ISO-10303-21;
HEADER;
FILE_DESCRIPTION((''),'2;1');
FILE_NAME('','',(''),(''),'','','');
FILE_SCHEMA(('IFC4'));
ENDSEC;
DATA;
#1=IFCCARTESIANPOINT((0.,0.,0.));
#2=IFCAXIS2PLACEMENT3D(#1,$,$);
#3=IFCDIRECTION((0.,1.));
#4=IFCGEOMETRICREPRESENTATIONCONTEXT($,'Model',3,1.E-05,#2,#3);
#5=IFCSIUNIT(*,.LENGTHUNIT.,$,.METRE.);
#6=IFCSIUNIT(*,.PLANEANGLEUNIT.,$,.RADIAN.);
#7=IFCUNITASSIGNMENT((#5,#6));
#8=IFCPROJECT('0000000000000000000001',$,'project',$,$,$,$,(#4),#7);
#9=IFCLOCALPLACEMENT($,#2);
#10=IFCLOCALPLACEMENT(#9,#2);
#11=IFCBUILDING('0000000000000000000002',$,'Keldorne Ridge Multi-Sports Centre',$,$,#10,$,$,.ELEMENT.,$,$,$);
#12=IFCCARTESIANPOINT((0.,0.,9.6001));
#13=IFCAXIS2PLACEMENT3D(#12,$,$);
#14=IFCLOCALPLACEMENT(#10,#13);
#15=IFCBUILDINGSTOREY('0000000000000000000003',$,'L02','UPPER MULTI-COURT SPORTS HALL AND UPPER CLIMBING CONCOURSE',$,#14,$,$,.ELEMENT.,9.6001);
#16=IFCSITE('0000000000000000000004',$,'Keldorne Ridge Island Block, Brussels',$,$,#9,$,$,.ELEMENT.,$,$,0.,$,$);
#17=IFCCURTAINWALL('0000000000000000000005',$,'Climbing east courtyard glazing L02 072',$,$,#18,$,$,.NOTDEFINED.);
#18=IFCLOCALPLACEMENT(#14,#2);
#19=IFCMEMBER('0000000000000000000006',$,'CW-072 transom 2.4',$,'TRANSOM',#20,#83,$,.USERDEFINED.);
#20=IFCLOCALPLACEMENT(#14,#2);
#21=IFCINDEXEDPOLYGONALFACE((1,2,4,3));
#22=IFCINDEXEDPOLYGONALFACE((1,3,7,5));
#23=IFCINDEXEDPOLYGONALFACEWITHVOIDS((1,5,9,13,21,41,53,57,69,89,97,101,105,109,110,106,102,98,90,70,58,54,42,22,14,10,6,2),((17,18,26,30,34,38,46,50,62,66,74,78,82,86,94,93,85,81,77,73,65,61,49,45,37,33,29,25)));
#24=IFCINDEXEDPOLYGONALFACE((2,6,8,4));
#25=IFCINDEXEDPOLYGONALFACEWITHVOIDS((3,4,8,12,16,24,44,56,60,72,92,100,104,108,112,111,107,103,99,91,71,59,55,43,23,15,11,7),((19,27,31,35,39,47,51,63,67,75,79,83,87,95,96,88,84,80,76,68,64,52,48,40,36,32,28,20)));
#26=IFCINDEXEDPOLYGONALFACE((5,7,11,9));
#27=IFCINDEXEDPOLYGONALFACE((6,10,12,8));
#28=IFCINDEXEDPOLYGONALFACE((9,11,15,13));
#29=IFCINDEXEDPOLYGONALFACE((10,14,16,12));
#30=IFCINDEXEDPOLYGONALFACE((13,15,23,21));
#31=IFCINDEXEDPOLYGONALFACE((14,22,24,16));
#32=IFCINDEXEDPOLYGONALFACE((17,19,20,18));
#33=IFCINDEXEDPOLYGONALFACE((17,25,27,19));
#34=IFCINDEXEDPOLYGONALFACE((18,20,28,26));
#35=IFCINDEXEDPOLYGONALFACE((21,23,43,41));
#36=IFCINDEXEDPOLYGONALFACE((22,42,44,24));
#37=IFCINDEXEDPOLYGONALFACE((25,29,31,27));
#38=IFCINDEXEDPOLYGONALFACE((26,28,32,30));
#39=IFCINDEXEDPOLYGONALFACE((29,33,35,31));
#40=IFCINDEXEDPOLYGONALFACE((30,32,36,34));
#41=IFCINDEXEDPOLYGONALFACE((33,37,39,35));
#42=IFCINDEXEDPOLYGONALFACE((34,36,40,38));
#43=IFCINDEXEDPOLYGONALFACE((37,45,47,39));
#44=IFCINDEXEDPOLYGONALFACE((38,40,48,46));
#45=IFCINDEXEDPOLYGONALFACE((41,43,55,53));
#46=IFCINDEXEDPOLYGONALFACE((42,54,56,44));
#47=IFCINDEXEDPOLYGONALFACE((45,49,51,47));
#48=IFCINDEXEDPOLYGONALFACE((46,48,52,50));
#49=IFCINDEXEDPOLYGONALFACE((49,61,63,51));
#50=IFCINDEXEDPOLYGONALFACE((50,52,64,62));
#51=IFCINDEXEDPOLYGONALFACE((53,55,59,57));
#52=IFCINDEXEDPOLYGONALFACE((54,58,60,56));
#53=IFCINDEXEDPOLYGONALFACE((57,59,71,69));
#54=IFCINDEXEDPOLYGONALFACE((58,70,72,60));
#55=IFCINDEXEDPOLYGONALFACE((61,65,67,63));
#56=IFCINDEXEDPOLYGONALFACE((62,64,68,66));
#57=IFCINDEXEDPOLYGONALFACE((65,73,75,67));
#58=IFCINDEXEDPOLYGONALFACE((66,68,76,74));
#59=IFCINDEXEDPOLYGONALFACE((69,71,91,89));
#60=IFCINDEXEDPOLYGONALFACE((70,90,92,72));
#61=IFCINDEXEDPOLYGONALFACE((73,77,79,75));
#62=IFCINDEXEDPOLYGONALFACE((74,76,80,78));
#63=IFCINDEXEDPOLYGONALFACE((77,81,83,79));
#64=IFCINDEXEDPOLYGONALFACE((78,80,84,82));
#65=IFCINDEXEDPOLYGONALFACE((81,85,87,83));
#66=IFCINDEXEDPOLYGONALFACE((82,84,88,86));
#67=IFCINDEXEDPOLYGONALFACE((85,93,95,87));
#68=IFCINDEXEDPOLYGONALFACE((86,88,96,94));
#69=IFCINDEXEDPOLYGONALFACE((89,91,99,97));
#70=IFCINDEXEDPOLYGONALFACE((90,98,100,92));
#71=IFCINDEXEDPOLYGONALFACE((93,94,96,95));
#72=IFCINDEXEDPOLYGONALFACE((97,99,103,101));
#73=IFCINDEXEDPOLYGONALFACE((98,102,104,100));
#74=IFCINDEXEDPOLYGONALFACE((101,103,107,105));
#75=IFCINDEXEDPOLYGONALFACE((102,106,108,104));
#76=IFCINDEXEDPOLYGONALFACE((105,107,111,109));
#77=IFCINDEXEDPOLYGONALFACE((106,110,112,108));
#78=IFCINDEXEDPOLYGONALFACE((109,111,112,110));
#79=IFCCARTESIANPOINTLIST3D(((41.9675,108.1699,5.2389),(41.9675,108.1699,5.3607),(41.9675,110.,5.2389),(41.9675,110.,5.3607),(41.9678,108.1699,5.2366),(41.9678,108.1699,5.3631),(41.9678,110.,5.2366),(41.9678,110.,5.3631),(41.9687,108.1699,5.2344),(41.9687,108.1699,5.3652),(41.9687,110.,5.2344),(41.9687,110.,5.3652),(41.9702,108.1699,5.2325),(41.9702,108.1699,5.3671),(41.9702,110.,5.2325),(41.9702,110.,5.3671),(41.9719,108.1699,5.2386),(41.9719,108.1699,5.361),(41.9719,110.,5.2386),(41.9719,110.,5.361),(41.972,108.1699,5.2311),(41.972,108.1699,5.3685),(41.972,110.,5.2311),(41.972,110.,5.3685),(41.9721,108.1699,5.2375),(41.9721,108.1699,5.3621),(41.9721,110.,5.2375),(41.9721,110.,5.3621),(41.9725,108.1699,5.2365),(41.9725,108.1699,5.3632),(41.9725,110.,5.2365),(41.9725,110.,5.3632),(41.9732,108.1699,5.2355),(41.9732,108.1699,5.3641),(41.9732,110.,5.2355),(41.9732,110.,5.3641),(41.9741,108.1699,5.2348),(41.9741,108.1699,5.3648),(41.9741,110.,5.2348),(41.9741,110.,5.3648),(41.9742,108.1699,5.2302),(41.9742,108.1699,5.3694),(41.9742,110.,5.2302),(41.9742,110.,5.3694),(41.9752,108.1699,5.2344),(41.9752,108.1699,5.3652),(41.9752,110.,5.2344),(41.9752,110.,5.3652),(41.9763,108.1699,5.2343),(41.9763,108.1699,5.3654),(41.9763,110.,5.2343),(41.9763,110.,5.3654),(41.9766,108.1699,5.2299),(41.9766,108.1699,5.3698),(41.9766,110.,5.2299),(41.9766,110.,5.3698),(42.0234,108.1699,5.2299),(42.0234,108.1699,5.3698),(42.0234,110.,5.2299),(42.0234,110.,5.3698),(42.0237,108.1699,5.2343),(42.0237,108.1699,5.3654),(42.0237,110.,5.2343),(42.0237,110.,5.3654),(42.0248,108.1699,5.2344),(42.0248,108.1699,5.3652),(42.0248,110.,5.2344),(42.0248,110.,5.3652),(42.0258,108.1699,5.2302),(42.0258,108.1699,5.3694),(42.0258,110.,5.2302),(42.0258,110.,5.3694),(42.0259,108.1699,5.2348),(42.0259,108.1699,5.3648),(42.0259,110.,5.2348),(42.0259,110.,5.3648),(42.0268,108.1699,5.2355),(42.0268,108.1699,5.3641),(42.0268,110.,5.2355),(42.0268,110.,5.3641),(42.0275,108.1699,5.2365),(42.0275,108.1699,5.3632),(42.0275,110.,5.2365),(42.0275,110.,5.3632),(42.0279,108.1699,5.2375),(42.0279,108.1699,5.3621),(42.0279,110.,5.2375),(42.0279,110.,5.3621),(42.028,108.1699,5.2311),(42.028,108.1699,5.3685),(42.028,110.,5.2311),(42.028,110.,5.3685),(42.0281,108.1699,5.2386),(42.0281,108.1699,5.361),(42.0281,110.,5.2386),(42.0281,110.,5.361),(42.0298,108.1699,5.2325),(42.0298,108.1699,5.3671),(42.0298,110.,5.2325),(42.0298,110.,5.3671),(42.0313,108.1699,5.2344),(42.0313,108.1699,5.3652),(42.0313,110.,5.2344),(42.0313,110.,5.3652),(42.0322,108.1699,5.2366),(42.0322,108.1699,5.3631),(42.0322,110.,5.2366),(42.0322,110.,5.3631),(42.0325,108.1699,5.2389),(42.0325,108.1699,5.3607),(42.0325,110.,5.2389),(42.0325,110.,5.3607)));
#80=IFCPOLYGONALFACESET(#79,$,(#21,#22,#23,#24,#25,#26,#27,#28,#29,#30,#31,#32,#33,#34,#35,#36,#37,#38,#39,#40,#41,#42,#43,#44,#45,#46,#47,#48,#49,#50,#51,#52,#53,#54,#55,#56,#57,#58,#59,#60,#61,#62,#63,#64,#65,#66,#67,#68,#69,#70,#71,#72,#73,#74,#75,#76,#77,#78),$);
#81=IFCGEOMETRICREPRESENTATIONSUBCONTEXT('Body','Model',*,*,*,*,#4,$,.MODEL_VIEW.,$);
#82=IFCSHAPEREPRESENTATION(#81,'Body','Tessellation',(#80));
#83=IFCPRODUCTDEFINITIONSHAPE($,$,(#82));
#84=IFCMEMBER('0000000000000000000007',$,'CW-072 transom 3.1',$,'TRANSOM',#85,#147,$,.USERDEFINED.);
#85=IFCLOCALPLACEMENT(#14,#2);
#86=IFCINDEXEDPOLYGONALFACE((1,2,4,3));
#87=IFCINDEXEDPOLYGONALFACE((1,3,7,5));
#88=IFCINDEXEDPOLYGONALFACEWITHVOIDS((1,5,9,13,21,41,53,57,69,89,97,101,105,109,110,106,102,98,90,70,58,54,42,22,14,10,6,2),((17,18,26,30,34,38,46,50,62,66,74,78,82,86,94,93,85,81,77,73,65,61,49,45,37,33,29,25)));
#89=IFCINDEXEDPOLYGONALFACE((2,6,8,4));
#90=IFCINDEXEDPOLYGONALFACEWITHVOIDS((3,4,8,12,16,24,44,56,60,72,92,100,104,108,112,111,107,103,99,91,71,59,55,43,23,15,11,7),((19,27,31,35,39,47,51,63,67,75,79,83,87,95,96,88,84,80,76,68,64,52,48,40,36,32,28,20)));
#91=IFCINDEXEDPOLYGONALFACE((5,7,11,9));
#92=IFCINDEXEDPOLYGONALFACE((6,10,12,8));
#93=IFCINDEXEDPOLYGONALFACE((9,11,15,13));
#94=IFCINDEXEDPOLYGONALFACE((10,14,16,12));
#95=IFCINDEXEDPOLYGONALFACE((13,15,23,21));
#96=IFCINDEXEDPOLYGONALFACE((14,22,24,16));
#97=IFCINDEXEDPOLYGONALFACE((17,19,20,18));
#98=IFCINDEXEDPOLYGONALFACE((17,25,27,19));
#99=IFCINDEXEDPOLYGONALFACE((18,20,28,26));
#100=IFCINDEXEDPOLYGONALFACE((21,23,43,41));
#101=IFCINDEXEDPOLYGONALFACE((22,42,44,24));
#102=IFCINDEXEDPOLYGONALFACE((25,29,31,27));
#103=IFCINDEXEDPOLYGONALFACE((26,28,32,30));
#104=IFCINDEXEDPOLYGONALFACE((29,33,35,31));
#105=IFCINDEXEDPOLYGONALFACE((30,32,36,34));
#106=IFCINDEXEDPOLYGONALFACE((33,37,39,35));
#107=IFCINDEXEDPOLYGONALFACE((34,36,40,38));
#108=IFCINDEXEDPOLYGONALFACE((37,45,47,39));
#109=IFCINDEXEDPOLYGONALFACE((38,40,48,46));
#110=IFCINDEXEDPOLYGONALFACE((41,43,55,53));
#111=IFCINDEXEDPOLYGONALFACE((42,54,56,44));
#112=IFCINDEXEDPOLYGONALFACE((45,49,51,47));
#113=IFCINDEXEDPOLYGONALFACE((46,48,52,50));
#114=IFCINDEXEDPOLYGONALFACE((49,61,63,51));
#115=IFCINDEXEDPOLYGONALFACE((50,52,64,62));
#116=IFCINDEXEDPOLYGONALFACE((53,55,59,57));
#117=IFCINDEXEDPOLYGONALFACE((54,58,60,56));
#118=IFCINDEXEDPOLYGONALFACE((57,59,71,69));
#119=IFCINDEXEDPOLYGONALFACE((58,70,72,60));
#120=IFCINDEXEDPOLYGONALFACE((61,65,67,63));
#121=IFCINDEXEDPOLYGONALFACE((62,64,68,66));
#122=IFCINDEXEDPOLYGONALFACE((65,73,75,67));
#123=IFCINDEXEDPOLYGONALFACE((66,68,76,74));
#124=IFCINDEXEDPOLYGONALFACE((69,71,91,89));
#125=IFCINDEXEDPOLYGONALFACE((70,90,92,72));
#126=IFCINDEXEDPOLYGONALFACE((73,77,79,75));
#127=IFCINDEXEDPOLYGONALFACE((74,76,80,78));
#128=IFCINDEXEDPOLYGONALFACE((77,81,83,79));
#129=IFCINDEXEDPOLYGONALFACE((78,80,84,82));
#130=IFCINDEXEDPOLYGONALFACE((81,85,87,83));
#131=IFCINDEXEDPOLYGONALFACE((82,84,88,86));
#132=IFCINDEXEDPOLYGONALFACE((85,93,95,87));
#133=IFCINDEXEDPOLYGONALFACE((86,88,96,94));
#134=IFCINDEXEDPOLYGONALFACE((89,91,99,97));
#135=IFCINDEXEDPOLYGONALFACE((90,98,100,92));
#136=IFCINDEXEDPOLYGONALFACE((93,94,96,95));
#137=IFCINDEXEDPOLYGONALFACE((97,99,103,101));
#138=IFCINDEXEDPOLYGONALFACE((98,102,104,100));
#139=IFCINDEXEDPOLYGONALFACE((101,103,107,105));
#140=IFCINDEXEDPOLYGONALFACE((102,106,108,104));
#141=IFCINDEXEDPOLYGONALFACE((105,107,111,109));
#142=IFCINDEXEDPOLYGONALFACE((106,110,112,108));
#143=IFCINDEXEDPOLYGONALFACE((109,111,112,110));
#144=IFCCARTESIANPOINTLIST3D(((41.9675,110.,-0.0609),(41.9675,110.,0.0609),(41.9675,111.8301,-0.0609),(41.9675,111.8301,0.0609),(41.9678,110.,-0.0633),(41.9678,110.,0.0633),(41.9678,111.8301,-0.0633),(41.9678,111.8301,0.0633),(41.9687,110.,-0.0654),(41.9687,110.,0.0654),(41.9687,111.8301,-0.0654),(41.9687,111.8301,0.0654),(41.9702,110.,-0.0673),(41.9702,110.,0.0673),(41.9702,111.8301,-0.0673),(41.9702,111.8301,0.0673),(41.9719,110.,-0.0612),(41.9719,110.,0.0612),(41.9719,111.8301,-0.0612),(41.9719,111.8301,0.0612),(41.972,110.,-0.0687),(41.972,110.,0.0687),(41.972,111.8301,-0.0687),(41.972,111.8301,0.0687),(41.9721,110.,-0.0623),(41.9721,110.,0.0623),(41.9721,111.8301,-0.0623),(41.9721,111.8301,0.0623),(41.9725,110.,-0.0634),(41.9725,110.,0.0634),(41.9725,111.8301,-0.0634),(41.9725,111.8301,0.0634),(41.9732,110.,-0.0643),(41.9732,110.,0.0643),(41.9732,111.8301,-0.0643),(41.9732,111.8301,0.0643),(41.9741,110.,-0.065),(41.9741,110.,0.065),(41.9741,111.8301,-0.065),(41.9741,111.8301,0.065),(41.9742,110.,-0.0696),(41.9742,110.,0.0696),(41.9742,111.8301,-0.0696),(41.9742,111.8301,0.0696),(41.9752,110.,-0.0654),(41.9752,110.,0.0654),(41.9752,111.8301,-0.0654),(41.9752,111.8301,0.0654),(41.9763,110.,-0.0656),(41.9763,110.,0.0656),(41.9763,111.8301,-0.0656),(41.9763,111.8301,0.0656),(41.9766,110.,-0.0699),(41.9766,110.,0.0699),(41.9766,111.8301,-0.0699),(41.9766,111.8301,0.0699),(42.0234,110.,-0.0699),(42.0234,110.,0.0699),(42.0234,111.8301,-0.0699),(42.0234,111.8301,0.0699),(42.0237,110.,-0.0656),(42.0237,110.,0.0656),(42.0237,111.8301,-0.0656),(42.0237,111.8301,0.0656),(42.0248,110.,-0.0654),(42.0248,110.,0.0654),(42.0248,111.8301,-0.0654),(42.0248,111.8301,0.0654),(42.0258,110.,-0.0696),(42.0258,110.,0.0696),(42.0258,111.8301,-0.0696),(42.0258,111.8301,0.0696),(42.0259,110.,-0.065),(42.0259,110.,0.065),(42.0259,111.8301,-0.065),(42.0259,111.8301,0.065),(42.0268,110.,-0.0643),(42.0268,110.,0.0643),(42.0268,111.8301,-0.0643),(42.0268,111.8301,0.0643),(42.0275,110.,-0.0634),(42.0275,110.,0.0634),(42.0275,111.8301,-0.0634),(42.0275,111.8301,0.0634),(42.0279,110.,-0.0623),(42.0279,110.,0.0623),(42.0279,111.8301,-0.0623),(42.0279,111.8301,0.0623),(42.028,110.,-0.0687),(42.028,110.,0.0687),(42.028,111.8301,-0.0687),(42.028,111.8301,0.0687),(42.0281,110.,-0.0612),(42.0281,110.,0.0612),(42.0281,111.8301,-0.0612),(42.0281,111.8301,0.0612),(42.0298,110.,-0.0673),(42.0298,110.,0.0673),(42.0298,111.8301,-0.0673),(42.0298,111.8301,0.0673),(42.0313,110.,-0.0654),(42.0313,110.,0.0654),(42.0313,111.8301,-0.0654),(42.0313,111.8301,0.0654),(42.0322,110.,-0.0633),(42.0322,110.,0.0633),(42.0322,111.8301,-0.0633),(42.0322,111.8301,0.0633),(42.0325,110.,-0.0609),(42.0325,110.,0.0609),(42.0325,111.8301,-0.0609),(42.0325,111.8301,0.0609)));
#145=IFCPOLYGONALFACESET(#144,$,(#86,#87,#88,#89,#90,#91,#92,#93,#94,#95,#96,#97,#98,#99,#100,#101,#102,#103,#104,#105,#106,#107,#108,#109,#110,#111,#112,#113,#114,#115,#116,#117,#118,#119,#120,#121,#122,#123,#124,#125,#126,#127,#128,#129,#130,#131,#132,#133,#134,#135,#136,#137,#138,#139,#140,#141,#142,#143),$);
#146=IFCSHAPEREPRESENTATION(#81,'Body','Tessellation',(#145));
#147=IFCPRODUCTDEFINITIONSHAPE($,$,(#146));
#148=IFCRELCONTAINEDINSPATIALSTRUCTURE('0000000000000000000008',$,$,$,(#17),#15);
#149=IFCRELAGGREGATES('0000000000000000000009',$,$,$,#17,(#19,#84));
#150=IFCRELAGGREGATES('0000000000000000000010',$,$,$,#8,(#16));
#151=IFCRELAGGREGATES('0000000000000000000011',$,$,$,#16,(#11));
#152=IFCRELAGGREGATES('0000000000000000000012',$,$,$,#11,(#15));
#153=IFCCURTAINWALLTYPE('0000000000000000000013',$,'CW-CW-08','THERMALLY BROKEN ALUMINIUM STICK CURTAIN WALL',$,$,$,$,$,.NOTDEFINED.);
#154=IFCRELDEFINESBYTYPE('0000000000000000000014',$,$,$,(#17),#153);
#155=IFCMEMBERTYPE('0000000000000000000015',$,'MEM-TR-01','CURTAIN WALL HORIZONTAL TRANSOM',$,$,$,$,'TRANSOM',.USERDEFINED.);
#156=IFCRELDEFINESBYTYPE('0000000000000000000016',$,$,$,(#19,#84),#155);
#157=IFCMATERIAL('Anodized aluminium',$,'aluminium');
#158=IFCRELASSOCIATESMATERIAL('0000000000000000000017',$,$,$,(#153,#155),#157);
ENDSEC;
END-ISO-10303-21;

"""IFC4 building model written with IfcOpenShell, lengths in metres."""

from ifc_helpers import new_model, si_unit, direction, frame, origin, origin_2d, place, context, subcontext, project, spatial, hollow_rectangle, extrude, material, material_profile, profile_set, type_object, element, aggregate, save


model = new_model("IFC4")

# Units and contexts
model_context = context("Model", 3, precision=1e-05, world=origin(), true_north=direction((0.0, 1.0)))
body_context = subcontext(model_context, "Body", "Model", "MODEL_VIEW")
ifc_project = project(units=[si_unit("LENGTHUNIT", "METRE"), si_unit("PLANEANGLEUNIT", "RADIAN")], contexts=[model_context])

# Site, building, storey
site_placement = place(None, origin())
site = spatial("IfcSite", under=ifc_project, at=site_placement, Name="Keldorne Ridge Island Block, Brussels", CompositionType="ELEMENT", RefElevation=0.0)
building_placement = place(site_placement, origin())
building = spatial("IfcBuilding", under=site, at=building_placement, Name="Keldorne Ridge Multi-Sports Centre", CompositionType="ELEMENT")
storey_placement = place(building_placement, frame((0.0, 0.0, 9.6001)))
storey = spatial("IfcBuildingStorey", under=building, at=storey_placement, Name="L02", Description="UPPER MULTI-COURT SPORTS HALL AND UPPER CLIMBING CONCOURSE", CompositionType="ELEMENT", Elevation=9.6001)

# Curtain wall, members
ifc_material_1 = material(Name="Anodized aluminium", Category="aluminium")
curtain_wall_type = type_object("IfcCurtainWallType", Name="CW-CW-08", Description="THERMALLY BROKEN ALUMINIUM STICK CURTAIN WALL", PredefinedType="NOTDEFINED", material=ifc_material_1)
curtain_wall_placement = place(storey_placement, origin())
curtain_wall = element("IfcCurtainWall", 1, at=curtain_wall_placement, inside=storey, type_object=curtain_wall_type, Name="Climbing east courtyard glazing L02 072", PredefinedType="NOTDEFINED")
ifc_material_profile_1 = material_profile(ifc_material_1, hollow_rectangle(XDim=0.0649, YDim=0.1399, WallThickness=0.0044, InnerFilletRadius=0.0044, OuterFilletRadius=0.009, at=origin_2d()), Name="ALU TRANSOM 140x65x4.5")
ifc_profile_set_1 = profile_set([ifc_material_profile_1], Name="Anodized aluminium")
member_type_1 = type_object("IfcMemberType", Name="MEM-TR-01", Description="CURTAIN WALL HORIZONTAL TRANSOM", ElementType="TRANSOM", PredefinedType="USERDEFINED", material=ifc_profile_set_1)
member_1_placement = place(storey_placement, frame((42.0, 108.1699, 5.2998), z_axis=(0.0, 1.0, 0.0), x_axis=(-1.0, 0.0, 0.0)))
member_1 = element("IfcMember", 2, at=member_1_placement, type_object=member_type_1, Name="CW-072 transom 2.4", ObjectType="TRANSOM", PredefinedType="USERDEFINED", context=body_context, shape_type="SweptSolid", body=[
    extrude(hollow_rectangle(XDim=0.0649, YDim=0.1399, WallThickness=0.0044, InnerFilletRadius=0.0044, OuterFilletRadius=0.009, at=origin_2d()), origin(), (0.0, 0.0, 1.0), 1.8301),
])
member_2_placement = place(storey_placement, frame((42.0, 110.0, 0.0), z_axis=(0.0, 1.0, 0.0), x_axis=(-1.0, 0.0, 0.0)))
member_2 = element("IfcMember", 3, at=member_2_placement, type_object=member_type_1, Name="CW-072 transom 3.1", ObjectType="TRANSOM", PredefinedType="USERDEFINED", context=body_context, shape_type="SweptSolid", body=[
    extrude(hollow_rectangle(XDim=0.0649, YDim=0.1399, WallThickness=0.0044, InnerFilletRadius=0.0044, OuterFilletRadius=0.009, at=origin_2d()), origin(), (0.0, 0.0, 1.0), 1.8301),
])
aggregate(curtain_wall, [member_1, member_2])

save(model, "model.ifc")
